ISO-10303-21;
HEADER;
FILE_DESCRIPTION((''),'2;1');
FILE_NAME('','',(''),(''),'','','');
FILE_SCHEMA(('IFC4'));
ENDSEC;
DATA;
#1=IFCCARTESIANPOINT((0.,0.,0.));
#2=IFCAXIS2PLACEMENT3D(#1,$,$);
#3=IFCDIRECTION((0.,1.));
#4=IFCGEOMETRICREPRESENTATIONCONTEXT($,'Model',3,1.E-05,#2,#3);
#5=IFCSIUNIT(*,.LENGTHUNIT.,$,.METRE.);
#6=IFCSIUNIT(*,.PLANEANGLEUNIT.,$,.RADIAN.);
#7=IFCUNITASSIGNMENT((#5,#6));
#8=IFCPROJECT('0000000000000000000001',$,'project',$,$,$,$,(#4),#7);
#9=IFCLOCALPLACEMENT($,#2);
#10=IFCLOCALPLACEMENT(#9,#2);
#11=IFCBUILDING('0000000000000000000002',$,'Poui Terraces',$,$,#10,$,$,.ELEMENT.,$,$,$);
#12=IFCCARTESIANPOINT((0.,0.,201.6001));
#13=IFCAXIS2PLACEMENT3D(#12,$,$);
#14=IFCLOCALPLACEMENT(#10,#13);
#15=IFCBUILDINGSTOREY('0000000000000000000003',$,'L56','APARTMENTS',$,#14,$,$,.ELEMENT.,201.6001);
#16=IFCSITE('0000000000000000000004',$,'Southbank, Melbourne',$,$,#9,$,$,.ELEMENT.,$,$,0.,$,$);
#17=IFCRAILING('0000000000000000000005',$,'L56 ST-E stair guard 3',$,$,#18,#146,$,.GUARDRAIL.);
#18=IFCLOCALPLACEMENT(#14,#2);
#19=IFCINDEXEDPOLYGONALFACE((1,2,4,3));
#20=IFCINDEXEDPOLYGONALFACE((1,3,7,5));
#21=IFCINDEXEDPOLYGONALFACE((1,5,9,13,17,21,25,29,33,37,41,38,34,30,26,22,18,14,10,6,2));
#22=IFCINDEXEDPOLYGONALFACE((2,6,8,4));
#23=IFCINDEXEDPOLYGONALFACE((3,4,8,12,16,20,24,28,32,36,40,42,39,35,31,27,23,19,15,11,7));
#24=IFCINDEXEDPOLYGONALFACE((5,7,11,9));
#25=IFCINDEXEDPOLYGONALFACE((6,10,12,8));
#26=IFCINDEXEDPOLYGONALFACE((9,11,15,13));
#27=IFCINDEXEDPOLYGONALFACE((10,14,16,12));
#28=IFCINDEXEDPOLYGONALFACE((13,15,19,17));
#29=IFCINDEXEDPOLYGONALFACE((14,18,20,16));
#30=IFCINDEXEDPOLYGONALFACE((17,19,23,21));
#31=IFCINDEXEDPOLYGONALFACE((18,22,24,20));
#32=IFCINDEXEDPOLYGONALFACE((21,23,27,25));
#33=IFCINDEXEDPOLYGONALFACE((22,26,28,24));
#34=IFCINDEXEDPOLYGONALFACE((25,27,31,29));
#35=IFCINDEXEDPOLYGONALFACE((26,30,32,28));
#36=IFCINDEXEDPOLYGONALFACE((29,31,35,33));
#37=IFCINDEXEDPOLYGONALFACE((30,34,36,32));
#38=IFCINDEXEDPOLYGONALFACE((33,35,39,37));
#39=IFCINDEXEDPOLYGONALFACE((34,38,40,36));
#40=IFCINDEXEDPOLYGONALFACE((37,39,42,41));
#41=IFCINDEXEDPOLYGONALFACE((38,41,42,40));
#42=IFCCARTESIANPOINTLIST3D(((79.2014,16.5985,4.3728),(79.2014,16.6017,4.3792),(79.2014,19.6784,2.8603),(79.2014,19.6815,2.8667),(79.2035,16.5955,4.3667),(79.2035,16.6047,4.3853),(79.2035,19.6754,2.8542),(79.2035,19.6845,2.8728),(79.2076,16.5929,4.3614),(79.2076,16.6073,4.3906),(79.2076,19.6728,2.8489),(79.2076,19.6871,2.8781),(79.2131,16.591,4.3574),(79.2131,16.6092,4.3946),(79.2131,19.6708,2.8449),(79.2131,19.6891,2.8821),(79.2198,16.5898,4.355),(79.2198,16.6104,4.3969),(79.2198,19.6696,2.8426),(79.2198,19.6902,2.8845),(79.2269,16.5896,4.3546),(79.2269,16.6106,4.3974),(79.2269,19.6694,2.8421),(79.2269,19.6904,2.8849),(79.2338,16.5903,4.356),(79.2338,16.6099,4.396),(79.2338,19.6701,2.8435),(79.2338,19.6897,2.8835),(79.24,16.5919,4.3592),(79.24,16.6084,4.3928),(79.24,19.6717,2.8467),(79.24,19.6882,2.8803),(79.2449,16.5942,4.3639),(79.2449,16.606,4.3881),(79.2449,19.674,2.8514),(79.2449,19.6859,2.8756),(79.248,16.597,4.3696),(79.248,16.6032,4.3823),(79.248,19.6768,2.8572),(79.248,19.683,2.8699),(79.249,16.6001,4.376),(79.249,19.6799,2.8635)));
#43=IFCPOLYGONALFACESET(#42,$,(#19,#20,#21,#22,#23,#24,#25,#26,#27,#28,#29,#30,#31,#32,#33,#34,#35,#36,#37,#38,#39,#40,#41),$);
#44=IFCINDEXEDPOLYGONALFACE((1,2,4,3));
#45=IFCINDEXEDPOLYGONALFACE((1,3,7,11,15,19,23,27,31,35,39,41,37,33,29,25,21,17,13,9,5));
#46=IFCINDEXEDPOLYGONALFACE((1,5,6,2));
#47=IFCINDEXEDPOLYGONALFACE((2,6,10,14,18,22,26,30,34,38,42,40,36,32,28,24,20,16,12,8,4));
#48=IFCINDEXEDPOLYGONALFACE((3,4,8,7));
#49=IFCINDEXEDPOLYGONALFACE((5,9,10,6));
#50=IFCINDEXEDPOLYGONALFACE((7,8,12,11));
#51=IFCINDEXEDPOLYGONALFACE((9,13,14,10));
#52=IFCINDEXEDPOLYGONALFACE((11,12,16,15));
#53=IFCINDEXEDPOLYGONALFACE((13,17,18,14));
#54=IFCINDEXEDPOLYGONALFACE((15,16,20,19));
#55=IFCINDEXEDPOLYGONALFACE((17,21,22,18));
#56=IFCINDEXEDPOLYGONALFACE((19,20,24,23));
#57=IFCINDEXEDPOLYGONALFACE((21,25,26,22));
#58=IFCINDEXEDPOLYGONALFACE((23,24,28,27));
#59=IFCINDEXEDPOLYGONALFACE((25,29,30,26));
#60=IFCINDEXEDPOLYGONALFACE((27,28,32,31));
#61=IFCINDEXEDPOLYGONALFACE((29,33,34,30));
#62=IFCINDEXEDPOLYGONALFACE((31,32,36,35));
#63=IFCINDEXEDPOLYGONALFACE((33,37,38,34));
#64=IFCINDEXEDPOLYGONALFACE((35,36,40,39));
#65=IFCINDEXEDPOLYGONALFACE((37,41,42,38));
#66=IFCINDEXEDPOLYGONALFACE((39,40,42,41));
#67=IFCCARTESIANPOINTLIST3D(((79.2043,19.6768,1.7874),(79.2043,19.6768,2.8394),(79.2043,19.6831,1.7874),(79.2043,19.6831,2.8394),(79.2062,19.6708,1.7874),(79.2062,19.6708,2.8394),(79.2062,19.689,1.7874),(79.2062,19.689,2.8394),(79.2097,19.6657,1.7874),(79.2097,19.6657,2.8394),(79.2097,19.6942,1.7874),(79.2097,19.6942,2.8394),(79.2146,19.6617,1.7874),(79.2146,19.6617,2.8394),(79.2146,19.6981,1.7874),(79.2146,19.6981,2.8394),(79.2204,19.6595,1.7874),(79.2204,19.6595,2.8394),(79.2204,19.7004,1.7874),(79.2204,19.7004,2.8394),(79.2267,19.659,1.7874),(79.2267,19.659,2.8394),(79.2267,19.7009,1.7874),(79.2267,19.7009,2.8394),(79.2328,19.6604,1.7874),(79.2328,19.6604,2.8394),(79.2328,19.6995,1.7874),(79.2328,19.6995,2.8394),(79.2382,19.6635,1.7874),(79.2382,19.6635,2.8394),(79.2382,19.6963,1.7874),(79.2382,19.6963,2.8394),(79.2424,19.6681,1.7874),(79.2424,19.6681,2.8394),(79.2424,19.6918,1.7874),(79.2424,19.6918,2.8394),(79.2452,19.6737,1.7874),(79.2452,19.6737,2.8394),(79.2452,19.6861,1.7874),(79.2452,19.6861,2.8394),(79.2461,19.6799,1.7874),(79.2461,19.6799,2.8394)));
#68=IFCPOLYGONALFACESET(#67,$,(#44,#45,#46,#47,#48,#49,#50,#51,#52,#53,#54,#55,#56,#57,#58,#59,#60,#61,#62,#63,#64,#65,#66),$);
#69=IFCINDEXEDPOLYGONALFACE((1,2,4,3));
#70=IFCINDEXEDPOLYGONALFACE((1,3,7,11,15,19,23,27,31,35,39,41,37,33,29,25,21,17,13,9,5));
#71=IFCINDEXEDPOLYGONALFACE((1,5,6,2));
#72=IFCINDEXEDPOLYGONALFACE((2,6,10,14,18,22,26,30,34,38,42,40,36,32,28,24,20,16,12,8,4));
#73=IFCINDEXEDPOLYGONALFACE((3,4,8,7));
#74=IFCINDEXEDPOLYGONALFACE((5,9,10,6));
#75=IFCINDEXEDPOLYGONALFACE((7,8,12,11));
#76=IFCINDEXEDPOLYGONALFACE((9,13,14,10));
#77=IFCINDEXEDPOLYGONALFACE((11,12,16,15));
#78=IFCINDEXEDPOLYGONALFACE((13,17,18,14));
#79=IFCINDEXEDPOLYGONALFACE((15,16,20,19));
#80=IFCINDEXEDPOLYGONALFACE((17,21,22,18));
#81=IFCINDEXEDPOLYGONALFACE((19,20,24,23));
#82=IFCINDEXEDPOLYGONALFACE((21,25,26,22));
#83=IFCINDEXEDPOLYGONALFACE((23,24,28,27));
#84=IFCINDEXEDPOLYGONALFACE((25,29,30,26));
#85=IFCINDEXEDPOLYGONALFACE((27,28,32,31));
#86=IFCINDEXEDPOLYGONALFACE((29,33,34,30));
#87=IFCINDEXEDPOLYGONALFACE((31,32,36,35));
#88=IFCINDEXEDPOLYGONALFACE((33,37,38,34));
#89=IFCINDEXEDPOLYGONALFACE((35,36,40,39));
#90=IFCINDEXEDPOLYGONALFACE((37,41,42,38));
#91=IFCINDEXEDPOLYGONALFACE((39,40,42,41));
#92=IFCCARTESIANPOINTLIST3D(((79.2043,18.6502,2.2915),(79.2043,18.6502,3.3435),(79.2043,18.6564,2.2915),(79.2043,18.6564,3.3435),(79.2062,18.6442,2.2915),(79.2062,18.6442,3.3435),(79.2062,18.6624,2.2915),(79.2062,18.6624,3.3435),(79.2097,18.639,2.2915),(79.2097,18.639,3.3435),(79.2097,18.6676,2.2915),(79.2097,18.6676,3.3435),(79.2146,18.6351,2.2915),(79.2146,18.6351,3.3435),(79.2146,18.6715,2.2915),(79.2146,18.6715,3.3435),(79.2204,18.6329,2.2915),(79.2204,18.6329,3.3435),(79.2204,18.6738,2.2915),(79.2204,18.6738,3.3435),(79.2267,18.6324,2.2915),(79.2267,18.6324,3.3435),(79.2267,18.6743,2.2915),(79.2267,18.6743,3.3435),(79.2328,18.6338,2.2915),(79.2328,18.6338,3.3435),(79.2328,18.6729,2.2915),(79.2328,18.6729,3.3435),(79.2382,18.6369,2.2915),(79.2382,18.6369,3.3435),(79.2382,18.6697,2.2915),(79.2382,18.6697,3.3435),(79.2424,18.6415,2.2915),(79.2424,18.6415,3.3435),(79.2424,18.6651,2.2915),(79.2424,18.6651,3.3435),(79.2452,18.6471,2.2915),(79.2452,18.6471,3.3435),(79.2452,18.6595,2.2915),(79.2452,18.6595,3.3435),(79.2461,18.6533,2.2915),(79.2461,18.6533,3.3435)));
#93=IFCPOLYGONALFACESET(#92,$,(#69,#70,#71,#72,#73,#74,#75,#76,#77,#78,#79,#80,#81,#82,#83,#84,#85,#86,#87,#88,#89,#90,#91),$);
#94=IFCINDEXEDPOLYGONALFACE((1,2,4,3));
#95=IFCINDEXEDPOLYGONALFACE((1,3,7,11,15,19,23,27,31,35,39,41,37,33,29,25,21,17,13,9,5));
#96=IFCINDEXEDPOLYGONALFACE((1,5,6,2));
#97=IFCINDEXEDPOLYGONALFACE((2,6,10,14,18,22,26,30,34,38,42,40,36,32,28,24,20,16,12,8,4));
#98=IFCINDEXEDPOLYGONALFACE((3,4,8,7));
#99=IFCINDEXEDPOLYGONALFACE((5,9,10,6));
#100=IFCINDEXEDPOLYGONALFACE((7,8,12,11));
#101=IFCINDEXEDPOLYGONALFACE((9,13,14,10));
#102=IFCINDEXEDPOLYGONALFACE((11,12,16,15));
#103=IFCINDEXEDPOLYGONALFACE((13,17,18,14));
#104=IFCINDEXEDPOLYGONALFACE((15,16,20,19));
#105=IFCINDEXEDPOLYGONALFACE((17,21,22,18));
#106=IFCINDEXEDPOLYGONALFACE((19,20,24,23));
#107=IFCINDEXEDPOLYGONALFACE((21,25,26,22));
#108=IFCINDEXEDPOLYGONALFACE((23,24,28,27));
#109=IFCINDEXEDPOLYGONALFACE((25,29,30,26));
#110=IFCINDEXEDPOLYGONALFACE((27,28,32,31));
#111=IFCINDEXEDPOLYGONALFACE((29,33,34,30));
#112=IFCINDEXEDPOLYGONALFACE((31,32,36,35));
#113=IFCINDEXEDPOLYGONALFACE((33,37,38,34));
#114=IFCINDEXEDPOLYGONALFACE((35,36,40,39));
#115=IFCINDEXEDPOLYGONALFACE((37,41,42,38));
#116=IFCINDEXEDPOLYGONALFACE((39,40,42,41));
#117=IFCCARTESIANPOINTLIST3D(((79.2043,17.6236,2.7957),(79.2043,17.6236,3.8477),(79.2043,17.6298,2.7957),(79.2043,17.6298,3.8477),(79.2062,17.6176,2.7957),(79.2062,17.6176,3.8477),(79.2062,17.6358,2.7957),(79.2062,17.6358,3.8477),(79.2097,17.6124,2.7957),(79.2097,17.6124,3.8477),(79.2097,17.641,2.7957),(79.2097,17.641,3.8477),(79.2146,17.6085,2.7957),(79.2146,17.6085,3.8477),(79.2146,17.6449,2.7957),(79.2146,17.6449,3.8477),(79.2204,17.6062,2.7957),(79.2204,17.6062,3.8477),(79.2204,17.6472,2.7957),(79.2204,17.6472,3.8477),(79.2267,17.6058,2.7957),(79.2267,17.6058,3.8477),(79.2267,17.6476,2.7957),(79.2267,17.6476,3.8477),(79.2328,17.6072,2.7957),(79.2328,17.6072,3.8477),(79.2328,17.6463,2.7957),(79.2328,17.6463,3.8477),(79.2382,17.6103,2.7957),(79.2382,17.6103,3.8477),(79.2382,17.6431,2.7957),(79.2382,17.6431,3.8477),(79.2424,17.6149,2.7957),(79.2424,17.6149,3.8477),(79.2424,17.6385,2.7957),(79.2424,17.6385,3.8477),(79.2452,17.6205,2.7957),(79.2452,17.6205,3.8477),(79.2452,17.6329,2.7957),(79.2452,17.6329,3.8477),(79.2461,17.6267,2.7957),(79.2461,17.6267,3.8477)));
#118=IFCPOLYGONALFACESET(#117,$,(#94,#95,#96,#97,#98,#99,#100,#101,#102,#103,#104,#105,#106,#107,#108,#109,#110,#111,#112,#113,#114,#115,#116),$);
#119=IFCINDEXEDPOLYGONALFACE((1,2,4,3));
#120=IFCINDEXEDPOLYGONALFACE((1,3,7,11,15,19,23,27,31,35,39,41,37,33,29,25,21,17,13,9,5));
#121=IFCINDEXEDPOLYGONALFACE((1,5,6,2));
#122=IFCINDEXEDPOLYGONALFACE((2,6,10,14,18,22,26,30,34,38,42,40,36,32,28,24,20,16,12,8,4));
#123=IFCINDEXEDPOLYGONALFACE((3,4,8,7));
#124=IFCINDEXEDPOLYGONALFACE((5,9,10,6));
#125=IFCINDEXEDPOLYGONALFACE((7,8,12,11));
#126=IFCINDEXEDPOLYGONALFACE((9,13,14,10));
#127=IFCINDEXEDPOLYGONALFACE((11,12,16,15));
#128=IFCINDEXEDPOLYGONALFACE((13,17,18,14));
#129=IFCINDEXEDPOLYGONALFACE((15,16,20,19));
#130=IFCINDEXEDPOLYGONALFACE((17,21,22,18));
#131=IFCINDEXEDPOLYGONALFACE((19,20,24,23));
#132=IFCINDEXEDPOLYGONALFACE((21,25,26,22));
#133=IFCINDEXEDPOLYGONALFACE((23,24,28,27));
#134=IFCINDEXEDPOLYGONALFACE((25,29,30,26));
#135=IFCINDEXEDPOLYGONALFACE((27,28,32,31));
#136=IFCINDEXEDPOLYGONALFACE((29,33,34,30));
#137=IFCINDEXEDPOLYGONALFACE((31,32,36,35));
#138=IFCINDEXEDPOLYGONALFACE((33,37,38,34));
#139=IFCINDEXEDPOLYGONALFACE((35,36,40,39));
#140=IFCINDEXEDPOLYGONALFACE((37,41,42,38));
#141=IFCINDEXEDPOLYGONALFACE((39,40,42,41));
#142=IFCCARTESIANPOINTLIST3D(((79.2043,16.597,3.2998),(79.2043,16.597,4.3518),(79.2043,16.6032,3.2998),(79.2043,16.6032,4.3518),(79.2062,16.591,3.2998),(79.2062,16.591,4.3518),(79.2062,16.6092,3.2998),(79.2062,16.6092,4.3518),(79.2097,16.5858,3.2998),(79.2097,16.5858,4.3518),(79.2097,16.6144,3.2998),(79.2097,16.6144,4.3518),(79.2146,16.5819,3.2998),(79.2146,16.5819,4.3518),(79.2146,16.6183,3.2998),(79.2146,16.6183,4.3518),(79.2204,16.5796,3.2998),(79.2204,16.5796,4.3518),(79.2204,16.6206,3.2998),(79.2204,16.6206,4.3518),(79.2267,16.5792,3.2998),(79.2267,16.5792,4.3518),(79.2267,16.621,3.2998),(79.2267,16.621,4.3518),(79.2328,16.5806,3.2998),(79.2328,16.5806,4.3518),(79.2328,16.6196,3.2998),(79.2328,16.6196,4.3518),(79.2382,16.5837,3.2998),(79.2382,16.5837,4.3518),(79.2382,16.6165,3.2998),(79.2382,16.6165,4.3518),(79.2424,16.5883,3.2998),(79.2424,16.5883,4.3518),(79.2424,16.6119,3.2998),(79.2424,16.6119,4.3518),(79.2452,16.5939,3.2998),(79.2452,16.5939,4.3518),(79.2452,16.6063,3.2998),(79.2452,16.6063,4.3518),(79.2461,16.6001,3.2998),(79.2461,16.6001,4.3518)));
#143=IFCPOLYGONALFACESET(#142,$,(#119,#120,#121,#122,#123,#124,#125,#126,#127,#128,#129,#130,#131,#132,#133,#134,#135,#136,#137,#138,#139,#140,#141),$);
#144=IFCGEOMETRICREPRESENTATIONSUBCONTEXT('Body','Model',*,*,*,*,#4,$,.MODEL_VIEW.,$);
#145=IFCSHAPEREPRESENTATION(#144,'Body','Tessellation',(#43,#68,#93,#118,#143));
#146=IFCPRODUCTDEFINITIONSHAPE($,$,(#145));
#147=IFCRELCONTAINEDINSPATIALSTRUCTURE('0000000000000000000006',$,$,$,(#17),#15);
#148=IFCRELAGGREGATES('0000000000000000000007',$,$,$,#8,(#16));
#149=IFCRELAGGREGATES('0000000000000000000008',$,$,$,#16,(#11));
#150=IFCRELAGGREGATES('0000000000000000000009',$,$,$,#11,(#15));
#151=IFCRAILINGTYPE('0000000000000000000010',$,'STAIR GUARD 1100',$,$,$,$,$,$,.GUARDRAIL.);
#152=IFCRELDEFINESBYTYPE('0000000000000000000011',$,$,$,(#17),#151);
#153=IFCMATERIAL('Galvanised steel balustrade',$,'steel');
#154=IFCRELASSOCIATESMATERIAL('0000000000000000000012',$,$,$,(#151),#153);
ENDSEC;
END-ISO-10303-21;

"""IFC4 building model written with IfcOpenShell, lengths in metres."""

from ifc_helpers import new_model, si_unit, direction, frame, origin, origin_2d, place, context, subcontext, project, spatial, circle, extrude, material, type_object, element, save


model = new_model("IFC4")

# Units and contexts
model_context = context("Model", 3, precision=1e-05, world=origin(), true_north=direction((0.0, 1.0)))
body_context = subcontext(model_context, "Body", "Model", "MODEL_VIEW")
ifc_project = project(units=[si_unit("LENGTHUNIT", "METRE"), si_unit("PLANEANGLEUNIT", "RADIAN")], contexts=[model_context])

# Site, building, storey
site_placement = place(None, origin())
site = spatial("IfcSite", under=ifc_project, at=site_placement, Name="Southbank, Melbourne", CompositionType="ELEMENT", RefElevation=0.0)
building_placement = place(site_placement, origin())
building = spatial("IfcBuilding", under=site, at=building_placement, Name="Poui Terraces", CompositionType="ELEMENT")
storey_placement = place(building_placement, frame((0.0, 0.0, 201.6001)))
storey = spatial("IfcBuildingStorey", under=building, at=storey_placement, Name="L56", Description="APARTMENTS", CompositionType="ELEMENT", Elevation=201.6001)

# Railing
ifc_material_1 = material(Name="Galvanised steel balustrade", Category="steel")
railing_type_1 = type_object("IfcRailingType", Name="STAIR GUARD 1100", PredefinedType="GUARDRAIL", material=ifc_material_1)
railing_1_placement = place(storey_placement, frame((79.2251, 19.6799, 1.7874)))
element("IfcRailing", 1, at=railing_1_placement, inside=storey, type_object=railing_type_1, Name="L56 ST-E stair guard 3", PredefinedType="GUARDRAIL", context=body_context, shape_type="SweptSolid", body=[
    extrude(circle(Radius=0.0239, at=origin_2d()), frame((0.0, 0.0, 1.0762), z_axis=(0.0, -0.897606, 0.440798), x_axis=(1.0, 0.0, 0.0)), (0.0, 0.0, 1.0), 3.4312),
    extrude(circle(Radius=0.021, at=origin_2d()), origin(), (0.0, 0.0, 1.0), 1.052),
    extrude(circle(Radius=0.021, at=origin_2d()), frame((0.0, -1.0266, 0.5042)), (0.0, 0.0, 1.0), 1.052),
    extrude(circle(Radius=0.021, at=origin_2d()), frame((0.0, -2.0532, 1.0083)), (0.0, 0.0, 1.0), 1.052),
    extrude(circle(Radius=0.021, at=origin_2d()), frame((0.0, -3.0798, 1.5125)), (0.0, 0.0, 1.0), 1.052),
])

save(model, "model.ifc")
